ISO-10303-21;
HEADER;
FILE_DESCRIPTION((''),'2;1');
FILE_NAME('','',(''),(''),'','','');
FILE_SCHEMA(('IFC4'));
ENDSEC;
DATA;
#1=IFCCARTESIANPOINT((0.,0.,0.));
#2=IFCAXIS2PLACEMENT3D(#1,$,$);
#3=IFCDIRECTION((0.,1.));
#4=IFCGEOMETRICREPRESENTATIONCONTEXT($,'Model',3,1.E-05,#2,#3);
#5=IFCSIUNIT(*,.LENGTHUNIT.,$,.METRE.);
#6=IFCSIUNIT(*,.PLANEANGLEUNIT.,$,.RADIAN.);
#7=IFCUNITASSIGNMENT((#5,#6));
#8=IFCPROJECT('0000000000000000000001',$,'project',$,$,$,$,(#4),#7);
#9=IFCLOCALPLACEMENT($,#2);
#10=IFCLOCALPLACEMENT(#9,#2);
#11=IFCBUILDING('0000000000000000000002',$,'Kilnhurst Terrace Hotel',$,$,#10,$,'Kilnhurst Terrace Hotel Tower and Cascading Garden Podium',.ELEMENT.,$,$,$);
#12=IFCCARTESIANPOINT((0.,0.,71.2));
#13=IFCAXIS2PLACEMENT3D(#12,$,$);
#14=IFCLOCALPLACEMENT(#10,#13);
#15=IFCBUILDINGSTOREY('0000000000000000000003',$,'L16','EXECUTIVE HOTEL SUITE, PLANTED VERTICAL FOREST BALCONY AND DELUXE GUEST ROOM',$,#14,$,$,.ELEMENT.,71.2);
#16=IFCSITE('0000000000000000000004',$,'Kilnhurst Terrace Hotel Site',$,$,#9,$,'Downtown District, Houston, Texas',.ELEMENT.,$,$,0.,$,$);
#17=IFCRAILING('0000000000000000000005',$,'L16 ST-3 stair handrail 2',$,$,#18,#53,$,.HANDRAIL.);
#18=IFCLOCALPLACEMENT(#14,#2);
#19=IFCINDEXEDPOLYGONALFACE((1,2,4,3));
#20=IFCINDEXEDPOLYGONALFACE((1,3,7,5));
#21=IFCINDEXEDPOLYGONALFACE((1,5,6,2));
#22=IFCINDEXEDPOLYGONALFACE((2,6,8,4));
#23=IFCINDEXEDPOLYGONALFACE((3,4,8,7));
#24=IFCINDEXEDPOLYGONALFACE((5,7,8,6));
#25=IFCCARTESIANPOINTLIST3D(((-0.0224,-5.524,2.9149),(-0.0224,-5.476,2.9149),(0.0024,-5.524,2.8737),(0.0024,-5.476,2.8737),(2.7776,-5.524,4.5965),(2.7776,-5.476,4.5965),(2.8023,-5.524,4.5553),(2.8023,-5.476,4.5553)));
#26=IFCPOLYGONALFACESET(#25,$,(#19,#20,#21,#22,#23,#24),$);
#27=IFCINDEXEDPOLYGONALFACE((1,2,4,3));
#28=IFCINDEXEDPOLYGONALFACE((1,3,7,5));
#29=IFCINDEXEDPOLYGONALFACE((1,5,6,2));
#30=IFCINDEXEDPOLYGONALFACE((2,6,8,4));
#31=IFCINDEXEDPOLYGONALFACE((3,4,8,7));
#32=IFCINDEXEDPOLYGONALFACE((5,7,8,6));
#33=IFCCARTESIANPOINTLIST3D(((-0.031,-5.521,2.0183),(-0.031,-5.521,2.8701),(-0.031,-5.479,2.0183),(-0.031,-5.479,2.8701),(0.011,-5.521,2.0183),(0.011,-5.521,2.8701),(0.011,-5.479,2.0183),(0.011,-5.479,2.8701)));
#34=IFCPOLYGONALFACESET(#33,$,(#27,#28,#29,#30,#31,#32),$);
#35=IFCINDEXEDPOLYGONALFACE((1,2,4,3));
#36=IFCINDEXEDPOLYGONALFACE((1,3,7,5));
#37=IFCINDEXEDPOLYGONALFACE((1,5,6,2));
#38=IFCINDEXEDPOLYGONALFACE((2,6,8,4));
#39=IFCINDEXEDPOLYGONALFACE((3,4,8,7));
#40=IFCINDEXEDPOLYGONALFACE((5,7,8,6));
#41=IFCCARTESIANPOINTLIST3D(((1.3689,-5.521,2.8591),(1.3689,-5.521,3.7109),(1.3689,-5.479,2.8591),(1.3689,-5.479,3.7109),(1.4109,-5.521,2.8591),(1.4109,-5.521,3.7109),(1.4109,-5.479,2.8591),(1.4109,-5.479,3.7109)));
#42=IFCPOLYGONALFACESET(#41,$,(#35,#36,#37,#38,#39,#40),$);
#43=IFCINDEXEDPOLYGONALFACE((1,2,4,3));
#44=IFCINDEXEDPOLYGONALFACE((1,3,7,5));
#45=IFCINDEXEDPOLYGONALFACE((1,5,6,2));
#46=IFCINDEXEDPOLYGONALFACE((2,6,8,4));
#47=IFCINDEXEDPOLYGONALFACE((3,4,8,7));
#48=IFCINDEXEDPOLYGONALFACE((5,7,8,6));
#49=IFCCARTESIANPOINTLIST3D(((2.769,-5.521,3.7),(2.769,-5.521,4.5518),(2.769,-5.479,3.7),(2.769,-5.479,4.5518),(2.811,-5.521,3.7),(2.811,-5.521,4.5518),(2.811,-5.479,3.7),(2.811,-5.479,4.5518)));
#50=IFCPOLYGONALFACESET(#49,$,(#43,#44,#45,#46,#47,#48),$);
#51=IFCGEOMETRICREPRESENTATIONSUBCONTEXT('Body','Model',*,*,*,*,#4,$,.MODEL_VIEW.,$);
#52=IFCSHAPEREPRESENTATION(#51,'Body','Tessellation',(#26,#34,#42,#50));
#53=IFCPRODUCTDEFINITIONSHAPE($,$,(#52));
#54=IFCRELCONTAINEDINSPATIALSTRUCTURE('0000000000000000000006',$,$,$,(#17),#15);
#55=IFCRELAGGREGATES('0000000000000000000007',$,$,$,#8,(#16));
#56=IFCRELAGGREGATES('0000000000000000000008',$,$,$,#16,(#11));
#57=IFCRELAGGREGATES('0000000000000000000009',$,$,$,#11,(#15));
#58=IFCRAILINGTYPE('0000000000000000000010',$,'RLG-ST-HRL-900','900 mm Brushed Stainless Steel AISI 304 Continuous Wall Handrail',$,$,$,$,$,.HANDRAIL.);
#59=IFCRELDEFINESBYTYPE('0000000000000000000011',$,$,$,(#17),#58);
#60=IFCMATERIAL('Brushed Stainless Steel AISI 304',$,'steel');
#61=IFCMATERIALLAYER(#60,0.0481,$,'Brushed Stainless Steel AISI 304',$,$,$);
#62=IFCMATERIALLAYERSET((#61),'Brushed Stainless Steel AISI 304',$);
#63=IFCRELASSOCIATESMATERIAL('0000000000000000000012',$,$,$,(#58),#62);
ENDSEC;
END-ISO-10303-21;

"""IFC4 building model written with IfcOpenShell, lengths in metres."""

from ifc_helpers import new_model, si_unit, direction, frame, origin, origin_2d, place, context, subcontext, project, spatial, rectangle, extrude, material, layer, layer_set, type_object, element, save


model = new_model("IFC4")

# Units and contexts
model_context = context("Model", 3, precision=1e-05, world=origin(), true_north=direction((0.0, 1.0)))
body_context = subcontext(model_context, "Body", "Model", "MODEL_VIEW")
ifc_project = project(units=[si_unit("LENGTHUNIT", "METRE"), si_unit("PLANEANGLEUNIT", "RADIAN")], contexts=[model_context])

# Site, building, storey
site_placement = place(None, origin())
site = spatial("IfcSite", under=ifc_project, at=site_placement, Name="Kilnhurst Terrace Hotel Site", LongName="Downtown District, Houston, Texas", CompositionType="ELEMENT", RefElevation=0.0)
building_placement = place(site_placement, origin())
building = spatial("IfcBuilding", under=site, at=building_placement, Name="Kilnhurst Terrace Hotel", LongName="Kilnhurst Terrace Hotel Tower and Cascading Garden Podium", CompositionType="ELEMENT")
storey_placement = place(building_placement, frame((0.0, 0.0, 71.2)))
storey = spatial("IfcBuildingStorey", under=building, at=storey_placement, Name="L16", Description="EXECUTIVE HOTEL SUITE, PLANTED VERTICAL FOREST BALCONY AND DELUXE GUEST ROOM", CompositionType="ELEMENT", Elevation=71.2)

# Railing
ifc_material_1 = material(Name="Brushed Stainless Steel AISI 304", Category="steel")
ifc_layer_1 = layer(ifc_material_1, 0.0481, Name="Brushed Stainless Steel AISI 304")
ifc_layer_set_1 = layer_set([ifc_layer_1], Name="Brushed Stainless Steel AISI 304")
railing_type_1 = type_object("IfcRailingType", Name="RLG-ST-HRL-900", Description="900 mm Brushed Stainless Steel AISI 304 Continuous Wall Handrail", PredefinedType="HANDRAIL", material=ifc_layer_set_1)
railing_1_placement = place(storey_placement, frame((-0.01, -5.5, 2.0183)))
element("IfcRailing", 1, at=railing_1_placement, inside=storey, type_object=railing_type_1, Name="L16 ST-3 stair handrail 2", PredefinedType="HANDRAIL", context=body_context, shape_type="SweptSolid", body=[
    extrude(rectangle(XDim=0.0481, YDim=0.0481, at=origin_2d()), frame((0.0, 0.0, 0.876), z_axis=(0.857275, 0.0, 0.514858), x_axis=(0.0, 1.0, 0.0)), (0.0, 0.0, 1.0), 3.2661),
    extrude(rectangle(XDim=0.042, YDim=0.042, at=origin_2d()), origin(), (0.0, 0.0, 1.0), 0.8518),
    extrude(rectangle(XDim=0.042, YDim=0.042, at=origin_2d()), frame((1.3999, 0.0, 0.8408)), (0.0, 0.0, 1.0), 0.8518),
    extrude(rectangle(XDim=0.042, YDim=0.042, at=origin_2d()), frame((2.8, 0.0, 1.6816)), (0.0, 0.0, 1.0), 0.8518),
])

save(model, "model.ifc")
